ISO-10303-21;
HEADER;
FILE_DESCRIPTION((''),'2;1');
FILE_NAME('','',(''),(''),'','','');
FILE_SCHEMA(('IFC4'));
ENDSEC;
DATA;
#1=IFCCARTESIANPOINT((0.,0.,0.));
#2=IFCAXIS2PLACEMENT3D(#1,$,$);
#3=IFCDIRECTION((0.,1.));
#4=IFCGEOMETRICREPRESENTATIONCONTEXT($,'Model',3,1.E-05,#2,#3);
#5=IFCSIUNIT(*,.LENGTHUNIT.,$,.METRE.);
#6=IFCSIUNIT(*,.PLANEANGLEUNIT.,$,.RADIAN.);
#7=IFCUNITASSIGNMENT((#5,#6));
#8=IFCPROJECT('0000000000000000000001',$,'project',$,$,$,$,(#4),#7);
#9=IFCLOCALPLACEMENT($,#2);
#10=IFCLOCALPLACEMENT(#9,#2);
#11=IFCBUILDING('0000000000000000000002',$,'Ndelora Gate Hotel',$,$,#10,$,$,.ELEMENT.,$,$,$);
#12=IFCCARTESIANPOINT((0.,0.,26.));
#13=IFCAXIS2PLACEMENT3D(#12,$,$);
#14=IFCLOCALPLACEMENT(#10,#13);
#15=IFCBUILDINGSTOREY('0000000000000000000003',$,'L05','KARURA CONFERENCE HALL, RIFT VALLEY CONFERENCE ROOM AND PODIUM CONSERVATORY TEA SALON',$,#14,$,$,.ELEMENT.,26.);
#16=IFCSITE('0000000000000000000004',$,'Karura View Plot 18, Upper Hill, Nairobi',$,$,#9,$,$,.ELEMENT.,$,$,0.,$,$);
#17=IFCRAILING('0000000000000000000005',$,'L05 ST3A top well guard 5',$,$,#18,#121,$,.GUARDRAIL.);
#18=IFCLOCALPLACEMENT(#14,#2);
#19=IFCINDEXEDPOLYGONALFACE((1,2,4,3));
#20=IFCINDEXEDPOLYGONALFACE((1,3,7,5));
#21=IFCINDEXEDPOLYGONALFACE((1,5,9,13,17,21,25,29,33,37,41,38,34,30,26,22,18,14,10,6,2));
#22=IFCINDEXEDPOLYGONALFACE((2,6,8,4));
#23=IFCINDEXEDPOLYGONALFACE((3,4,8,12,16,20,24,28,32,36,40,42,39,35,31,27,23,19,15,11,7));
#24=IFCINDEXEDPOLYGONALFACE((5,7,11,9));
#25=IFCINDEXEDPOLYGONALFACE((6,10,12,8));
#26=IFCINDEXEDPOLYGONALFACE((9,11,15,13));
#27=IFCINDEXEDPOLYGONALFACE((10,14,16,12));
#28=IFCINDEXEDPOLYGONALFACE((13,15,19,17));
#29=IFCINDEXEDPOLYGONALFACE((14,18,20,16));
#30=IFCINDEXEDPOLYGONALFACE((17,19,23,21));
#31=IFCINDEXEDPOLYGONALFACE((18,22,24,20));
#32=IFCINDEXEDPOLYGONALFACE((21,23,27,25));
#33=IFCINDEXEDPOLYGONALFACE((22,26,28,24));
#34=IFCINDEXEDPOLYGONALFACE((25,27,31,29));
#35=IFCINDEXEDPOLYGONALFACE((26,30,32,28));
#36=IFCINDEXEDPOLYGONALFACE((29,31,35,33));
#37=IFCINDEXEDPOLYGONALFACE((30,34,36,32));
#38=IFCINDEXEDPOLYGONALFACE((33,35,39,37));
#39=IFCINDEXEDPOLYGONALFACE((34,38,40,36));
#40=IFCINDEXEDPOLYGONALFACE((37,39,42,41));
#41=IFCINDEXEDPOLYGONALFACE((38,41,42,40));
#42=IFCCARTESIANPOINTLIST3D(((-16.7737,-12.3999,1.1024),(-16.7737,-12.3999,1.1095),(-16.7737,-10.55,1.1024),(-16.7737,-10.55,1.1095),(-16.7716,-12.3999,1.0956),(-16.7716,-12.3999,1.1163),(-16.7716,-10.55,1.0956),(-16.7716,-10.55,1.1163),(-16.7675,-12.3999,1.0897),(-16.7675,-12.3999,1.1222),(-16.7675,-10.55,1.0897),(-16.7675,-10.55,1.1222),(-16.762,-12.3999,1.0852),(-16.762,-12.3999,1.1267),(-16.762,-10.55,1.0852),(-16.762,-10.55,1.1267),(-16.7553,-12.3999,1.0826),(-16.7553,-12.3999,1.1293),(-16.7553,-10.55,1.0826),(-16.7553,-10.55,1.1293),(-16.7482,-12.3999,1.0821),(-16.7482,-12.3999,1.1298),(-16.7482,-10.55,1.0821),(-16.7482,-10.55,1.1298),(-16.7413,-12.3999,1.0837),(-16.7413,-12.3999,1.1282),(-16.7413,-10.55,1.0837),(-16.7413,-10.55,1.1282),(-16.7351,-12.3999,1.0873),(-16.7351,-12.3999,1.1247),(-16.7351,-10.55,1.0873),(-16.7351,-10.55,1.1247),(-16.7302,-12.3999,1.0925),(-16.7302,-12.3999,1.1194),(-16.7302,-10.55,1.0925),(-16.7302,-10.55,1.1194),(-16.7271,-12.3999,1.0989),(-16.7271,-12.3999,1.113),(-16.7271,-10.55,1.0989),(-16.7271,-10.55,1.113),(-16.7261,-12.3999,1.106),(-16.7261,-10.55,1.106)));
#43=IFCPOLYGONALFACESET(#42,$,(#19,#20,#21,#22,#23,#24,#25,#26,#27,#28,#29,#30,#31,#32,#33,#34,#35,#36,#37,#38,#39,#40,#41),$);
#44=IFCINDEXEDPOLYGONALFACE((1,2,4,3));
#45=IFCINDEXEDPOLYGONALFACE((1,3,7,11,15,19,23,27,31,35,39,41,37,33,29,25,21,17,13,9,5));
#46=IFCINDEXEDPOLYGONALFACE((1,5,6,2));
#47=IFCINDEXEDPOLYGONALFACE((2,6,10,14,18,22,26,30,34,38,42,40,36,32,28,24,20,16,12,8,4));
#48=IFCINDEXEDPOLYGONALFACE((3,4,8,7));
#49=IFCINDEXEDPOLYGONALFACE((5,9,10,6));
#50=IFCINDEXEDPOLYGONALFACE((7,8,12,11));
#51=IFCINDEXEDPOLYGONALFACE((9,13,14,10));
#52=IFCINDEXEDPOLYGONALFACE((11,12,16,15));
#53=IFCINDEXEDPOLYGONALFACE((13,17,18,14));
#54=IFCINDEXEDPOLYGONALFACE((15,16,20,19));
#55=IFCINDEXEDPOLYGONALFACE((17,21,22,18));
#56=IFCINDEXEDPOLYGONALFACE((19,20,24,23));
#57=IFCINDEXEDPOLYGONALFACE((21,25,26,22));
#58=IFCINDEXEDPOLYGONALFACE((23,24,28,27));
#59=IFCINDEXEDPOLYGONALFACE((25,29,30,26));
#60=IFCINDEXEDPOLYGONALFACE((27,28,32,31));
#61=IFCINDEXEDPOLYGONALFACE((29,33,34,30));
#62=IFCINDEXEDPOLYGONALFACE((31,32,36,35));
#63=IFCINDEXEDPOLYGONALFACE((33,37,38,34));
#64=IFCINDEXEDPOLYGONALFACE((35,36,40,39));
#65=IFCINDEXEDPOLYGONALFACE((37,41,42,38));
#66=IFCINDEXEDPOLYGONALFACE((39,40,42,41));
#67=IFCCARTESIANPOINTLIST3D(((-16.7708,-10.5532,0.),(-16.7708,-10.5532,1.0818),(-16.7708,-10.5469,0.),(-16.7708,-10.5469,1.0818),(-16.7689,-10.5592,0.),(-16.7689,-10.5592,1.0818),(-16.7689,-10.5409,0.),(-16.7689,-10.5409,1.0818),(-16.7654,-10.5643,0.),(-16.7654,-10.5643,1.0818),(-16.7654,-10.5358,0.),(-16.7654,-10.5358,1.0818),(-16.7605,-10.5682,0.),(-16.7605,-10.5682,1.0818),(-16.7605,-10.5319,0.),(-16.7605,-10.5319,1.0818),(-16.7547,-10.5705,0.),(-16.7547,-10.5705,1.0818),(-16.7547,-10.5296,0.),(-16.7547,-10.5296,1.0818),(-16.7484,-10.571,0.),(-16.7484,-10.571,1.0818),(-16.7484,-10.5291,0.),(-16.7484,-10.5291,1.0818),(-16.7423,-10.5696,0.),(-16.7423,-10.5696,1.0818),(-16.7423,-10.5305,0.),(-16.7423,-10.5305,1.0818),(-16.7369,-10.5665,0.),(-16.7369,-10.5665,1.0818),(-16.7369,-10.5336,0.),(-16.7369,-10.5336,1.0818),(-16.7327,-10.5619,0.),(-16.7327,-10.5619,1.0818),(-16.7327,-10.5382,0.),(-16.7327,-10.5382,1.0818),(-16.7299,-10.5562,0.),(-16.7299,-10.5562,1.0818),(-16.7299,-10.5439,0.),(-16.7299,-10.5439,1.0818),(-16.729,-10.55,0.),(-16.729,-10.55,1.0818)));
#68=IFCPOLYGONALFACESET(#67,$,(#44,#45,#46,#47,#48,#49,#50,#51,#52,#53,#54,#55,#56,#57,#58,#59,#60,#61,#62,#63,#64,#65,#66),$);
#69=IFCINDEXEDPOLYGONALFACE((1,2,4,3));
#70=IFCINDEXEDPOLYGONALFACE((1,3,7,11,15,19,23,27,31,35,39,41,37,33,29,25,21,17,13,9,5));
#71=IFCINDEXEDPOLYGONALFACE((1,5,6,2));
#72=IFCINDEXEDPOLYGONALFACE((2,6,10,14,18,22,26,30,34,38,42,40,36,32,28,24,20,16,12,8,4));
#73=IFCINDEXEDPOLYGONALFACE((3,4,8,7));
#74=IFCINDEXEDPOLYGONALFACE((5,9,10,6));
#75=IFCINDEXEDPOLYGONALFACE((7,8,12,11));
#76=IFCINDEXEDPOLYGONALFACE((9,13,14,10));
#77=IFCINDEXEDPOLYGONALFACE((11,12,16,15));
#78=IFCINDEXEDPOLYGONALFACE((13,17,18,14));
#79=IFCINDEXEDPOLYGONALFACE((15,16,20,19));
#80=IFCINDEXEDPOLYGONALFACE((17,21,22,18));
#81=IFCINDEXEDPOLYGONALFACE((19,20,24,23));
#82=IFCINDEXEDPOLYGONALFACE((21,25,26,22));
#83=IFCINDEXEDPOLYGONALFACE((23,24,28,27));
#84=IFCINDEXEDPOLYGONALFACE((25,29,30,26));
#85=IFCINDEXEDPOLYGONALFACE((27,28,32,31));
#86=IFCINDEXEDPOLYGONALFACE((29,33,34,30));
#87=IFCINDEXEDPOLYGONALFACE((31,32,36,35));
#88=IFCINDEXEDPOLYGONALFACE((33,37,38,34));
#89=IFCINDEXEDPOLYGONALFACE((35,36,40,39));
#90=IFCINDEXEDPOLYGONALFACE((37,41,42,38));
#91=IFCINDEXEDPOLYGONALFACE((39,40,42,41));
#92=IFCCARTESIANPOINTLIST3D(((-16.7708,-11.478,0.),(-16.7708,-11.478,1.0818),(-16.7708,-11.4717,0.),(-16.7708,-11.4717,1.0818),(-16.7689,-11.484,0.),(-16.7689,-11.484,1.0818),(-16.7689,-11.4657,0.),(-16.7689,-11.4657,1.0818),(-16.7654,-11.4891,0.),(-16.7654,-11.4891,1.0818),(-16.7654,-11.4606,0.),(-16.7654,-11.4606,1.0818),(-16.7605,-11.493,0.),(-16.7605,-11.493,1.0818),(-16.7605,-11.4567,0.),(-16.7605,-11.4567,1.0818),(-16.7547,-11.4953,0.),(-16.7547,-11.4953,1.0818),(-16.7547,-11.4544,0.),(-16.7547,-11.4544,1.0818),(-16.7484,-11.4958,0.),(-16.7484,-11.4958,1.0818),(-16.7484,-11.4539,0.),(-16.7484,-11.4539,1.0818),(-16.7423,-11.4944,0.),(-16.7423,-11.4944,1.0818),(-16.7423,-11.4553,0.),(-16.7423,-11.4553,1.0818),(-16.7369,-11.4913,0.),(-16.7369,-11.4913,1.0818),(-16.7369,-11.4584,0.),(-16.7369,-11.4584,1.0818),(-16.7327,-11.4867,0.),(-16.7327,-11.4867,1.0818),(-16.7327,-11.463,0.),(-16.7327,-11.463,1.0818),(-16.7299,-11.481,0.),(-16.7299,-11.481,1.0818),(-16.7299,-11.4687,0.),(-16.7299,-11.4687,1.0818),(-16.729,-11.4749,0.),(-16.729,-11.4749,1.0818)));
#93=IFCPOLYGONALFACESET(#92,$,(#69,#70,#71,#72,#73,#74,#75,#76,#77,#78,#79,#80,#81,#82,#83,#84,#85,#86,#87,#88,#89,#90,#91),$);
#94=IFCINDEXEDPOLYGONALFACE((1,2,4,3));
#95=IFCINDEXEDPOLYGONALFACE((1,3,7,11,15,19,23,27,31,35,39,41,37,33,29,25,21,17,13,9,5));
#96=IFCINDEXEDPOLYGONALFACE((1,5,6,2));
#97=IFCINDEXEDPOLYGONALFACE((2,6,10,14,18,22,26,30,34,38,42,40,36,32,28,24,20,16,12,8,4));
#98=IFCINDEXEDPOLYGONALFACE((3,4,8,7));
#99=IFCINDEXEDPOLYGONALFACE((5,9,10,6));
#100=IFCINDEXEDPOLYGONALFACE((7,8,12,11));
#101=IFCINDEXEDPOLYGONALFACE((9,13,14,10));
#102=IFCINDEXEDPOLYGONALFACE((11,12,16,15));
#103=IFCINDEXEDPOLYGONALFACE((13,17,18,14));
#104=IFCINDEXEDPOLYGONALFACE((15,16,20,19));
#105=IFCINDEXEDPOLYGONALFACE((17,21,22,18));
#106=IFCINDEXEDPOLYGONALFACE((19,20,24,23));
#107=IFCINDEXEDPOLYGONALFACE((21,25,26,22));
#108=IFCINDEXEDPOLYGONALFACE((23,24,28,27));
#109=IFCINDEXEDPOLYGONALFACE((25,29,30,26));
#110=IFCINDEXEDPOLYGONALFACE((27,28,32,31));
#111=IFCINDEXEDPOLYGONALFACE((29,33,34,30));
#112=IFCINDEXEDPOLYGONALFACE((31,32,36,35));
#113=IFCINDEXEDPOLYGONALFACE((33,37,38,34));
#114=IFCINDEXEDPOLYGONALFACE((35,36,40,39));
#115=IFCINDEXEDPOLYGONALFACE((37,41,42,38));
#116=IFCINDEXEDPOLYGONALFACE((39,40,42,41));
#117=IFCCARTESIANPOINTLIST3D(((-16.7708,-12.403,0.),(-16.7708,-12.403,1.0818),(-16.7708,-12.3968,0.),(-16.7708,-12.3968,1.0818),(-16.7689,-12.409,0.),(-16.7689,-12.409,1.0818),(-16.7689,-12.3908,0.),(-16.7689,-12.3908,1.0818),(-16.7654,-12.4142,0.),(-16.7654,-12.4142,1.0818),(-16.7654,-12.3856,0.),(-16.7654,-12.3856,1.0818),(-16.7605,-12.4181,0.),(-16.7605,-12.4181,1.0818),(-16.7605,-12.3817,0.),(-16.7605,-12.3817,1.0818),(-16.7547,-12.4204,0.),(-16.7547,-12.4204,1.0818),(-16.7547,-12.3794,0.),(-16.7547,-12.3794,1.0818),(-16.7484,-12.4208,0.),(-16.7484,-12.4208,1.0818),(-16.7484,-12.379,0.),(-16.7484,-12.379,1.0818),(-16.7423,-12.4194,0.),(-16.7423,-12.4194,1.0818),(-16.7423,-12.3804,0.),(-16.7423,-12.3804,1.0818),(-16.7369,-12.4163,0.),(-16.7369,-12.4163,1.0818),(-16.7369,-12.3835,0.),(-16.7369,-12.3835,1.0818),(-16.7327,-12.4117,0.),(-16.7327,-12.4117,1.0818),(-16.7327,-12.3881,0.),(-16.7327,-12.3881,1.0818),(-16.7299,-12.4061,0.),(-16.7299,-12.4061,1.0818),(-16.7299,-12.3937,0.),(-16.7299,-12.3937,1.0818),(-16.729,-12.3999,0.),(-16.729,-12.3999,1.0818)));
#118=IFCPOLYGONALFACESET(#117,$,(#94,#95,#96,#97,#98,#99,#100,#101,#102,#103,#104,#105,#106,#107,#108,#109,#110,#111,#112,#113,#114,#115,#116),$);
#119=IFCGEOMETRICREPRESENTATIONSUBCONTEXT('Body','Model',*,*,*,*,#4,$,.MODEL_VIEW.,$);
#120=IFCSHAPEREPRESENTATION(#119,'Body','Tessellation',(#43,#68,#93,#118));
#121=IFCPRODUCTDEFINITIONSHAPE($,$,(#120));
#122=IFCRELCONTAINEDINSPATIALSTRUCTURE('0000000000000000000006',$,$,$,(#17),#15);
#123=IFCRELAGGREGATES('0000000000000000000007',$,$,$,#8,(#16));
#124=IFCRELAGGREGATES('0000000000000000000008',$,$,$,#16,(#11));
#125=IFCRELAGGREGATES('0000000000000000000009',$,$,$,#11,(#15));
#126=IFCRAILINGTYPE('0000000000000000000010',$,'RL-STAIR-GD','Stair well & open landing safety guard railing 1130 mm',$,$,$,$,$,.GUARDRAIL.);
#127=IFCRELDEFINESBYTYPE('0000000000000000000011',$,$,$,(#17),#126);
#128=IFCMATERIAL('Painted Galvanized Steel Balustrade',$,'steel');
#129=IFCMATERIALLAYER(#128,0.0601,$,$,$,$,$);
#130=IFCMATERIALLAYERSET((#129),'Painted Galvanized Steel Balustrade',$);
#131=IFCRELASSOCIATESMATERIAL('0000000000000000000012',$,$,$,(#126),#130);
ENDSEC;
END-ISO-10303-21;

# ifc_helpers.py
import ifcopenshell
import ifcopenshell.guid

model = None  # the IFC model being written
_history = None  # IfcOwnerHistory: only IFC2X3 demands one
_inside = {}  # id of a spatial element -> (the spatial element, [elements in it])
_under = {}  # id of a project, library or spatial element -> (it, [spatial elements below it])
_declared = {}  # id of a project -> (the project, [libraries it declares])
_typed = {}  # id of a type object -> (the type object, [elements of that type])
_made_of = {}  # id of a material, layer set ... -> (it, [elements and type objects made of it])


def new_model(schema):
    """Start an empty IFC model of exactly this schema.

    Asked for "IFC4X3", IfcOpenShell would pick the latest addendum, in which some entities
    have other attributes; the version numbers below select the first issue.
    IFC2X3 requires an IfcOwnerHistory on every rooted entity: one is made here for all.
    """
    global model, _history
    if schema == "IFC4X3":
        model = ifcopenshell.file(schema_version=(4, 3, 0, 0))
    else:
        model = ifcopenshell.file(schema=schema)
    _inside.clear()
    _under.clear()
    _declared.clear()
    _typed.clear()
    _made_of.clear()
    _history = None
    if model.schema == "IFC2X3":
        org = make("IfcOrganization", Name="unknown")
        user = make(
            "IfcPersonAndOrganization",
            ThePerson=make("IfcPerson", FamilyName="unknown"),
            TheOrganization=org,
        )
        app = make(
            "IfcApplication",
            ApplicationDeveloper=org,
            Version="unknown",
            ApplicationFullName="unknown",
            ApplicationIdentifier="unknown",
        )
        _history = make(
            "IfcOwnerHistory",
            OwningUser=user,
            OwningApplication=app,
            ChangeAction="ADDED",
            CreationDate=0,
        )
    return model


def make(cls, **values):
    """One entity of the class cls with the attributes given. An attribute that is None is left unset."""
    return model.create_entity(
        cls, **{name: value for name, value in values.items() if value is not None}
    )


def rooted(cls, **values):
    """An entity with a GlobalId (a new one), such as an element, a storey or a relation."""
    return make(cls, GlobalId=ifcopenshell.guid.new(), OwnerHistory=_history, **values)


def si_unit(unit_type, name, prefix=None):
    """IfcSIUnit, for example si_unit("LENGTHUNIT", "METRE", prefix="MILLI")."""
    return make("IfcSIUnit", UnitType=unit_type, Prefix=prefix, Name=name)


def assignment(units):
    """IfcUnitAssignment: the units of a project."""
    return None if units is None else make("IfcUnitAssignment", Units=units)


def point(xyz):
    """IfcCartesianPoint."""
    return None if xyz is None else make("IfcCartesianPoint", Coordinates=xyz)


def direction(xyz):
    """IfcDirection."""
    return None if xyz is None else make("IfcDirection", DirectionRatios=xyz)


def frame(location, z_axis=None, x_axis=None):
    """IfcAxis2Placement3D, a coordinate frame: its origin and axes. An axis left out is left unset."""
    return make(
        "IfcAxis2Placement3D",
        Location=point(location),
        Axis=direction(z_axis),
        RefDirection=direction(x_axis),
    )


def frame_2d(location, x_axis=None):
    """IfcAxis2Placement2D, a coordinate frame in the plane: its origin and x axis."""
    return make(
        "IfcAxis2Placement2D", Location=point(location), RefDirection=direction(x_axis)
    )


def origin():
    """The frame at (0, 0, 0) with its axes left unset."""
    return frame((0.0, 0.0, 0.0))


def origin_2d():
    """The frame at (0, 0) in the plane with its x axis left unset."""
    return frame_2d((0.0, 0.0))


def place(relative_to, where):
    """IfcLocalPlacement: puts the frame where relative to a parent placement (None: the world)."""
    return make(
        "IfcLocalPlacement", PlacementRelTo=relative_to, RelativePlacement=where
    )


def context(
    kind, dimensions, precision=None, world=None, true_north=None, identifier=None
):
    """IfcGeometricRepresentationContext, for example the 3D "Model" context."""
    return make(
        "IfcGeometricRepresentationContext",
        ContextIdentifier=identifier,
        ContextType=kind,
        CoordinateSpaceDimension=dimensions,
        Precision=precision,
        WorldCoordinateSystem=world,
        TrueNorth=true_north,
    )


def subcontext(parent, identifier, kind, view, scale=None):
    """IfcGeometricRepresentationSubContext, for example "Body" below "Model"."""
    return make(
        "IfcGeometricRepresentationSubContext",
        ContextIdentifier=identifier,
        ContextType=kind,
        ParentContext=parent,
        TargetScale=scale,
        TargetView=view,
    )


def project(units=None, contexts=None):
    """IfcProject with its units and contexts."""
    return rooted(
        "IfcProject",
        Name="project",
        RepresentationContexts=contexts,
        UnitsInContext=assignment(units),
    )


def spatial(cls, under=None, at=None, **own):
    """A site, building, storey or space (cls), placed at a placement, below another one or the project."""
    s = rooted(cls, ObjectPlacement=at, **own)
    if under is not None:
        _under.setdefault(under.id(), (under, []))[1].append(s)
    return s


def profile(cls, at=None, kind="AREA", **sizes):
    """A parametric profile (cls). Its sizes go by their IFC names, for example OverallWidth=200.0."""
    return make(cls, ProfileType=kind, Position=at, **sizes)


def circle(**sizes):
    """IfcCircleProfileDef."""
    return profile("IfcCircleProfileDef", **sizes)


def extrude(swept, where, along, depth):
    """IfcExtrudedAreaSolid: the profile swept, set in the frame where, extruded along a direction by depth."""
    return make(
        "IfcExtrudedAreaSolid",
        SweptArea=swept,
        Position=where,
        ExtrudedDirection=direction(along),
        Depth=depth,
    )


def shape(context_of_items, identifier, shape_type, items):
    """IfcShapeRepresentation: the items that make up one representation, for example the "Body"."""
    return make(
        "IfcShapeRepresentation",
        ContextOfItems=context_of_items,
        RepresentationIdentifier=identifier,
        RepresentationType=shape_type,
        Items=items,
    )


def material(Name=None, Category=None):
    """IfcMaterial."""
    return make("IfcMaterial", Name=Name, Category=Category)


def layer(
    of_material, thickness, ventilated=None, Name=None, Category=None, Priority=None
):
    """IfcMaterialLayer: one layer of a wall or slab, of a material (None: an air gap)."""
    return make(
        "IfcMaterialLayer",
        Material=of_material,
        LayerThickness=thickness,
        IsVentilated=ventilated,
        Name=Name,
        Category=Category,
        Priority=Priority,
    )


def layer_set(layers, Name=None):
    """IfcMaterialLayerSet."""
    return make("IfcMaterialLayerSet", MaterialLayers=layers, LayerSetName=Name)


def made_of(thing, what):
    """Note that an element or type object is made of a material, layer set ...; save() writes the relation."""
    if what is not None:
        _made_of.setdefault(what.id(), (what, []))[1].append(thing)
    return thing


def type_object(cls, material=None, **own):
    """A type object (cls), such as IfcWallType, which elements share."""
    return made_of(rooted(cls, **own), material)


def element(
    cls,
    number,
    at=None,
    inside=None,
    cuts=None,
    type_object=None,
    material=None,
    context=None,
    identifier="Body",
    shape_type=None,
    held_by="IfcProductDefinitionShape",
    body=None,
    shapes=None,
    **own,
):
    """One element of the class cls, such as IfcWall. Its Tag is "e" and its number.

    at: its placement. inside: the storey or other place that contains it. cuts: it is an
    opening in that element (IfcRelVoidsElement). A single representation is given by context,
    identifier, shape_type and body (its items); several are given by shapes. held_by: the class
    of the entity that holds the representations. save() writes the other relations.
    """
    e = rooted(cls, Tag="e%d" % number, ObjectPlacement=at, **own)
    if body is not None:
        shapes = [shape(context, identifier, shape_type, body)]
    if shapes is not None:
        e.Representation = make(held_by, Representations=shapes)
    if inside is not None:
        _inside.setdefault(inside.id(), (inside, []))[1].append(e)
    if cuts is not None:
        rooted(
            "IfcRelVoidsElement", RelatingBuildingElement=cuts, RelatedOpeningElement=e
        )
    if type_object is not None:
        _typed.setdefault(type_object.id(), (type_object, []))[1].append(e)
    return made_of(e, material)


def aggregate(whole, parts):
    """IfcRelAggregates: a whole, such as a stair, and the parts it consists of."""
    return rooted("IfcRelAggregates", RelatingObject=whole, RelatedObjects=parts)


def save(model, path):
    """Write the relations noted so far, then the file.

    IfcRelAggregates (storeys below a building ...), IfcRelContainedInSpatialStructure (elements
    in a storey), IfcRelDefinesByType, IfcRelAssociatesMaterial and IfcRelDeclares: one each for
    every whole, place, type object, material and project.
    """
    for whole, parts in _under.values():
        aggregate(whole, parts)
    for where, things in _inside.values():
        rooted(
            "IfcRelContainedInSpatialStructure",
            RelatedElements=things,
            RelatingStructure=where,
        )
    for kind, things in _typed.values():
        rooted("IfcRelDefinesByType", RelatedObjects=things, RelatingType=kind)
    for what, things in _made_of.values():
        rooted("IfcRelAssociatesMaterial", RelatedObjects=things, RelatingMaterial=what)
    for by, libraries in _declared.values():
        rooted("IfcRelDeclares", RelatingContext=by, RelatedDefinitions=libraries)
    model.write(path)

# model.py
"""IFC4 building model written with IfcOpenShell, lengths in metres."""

from ifc_helpers import new_model, si_unit, direction, frame, origin, origin_2d, place, context, subcontext, project, spatial, circle, extrude, material, layer, layer_set, type_object, element, save


model = new_model("IFC4")

# Units and contexts
model_context = context("Model", 3, precision=1e-05, world=origin(), true_north=direction((0.0, 1.0)))
body_context = subcontext(model_context, "Body", "Model", "MODEL_VIEW")
ifc_project = project(units=[si_unit("LENGTHUNIT", "METRE"), si_unit("PLANEANGLEUNIT", "RADIAN")], contexts=[model_context])

# Site, building, storey
site_placement = place(None, origin())
site = spatial("IfcSite", under=ifc_project, at=site_placement, Name="Karura View Plot 18, Upper Hill, Nairobi", CompositionType="ELEMENT", RefElevation=0.0)
building_placement = place(site_placement, origin())
building = spatial("IfcBuilding", under=site, at=building_placement, Name="Ndelora Gate Hotel", CompositionType="ELEMENT")
storey_placement = place(building_placement, frame((0.0, 0.0, 26.0)))
storey = spatial("IfcBuildingStorey", under=building, at=storey_placement, Name="L05", Description="KARURA CONFERENCE HALL, RIFT VALLEY CONFERENCE ROOM AND PODIUM CONSERVATORY TEA SALON", CompositionType="ELEMENT", Elevation=26.0)

# Railing
ifc_material_1 = material(Name="Painted Galvanized Steel Balustrade", Category="steel")
ifc_layer_1 = layer(ifc_material_1, 0.0601)
ifc_layer_set_1 = layer_set([ifc_layer_1], Name="Painted Galvanized Steel Balustrade")
railing_type = type_object("IfcRailingType", Name="RL-STAIR-GD", Description="Stair well & open landing safety guard railing 1130 mm", PredefinedType="GUARDRAIL", material=ifc_layer_set_1)
for number, where, name in (
    (1, (-16.75, -10.55, 0.0), "L05 ST3A top well guard 5"),
):
    element("IfcRailing", number, at=place(storey_placement, frame(where)), inside=storey, type_object=railing_type, Name=name, PredefinedType="GUARDRAIL", context=body_context, shape_type="SweptSolid", body=[
        extrude(circle(Radius=0.0239, at=origin_2d()), frame((0.0, 0.0, 1.106), z_axis=(0.0, -1.0, 0.0), x_axis=(1.0, 0.0, 0.0)), (0.0, 0.0, 1.0), 1.8499),
        extrude(circle(Radius=0.021, at=origin_2d()), origin(), (0.0, 0.0, 1.0), 1.0818),
        extrude(circle(Radius=0.021, at=origin_2d()), frame((0.0, -0.9248, 0.0)), (0.0, 0.0, 1.0), 1.0818),
        extrude(circle(Radius=0.021, at=origin_2d()), frame((0.0, -1.8499, 0.0)), (0.0, 0.0, 1.0), 1.0818),
    ])

save(model, "model.ifc")
